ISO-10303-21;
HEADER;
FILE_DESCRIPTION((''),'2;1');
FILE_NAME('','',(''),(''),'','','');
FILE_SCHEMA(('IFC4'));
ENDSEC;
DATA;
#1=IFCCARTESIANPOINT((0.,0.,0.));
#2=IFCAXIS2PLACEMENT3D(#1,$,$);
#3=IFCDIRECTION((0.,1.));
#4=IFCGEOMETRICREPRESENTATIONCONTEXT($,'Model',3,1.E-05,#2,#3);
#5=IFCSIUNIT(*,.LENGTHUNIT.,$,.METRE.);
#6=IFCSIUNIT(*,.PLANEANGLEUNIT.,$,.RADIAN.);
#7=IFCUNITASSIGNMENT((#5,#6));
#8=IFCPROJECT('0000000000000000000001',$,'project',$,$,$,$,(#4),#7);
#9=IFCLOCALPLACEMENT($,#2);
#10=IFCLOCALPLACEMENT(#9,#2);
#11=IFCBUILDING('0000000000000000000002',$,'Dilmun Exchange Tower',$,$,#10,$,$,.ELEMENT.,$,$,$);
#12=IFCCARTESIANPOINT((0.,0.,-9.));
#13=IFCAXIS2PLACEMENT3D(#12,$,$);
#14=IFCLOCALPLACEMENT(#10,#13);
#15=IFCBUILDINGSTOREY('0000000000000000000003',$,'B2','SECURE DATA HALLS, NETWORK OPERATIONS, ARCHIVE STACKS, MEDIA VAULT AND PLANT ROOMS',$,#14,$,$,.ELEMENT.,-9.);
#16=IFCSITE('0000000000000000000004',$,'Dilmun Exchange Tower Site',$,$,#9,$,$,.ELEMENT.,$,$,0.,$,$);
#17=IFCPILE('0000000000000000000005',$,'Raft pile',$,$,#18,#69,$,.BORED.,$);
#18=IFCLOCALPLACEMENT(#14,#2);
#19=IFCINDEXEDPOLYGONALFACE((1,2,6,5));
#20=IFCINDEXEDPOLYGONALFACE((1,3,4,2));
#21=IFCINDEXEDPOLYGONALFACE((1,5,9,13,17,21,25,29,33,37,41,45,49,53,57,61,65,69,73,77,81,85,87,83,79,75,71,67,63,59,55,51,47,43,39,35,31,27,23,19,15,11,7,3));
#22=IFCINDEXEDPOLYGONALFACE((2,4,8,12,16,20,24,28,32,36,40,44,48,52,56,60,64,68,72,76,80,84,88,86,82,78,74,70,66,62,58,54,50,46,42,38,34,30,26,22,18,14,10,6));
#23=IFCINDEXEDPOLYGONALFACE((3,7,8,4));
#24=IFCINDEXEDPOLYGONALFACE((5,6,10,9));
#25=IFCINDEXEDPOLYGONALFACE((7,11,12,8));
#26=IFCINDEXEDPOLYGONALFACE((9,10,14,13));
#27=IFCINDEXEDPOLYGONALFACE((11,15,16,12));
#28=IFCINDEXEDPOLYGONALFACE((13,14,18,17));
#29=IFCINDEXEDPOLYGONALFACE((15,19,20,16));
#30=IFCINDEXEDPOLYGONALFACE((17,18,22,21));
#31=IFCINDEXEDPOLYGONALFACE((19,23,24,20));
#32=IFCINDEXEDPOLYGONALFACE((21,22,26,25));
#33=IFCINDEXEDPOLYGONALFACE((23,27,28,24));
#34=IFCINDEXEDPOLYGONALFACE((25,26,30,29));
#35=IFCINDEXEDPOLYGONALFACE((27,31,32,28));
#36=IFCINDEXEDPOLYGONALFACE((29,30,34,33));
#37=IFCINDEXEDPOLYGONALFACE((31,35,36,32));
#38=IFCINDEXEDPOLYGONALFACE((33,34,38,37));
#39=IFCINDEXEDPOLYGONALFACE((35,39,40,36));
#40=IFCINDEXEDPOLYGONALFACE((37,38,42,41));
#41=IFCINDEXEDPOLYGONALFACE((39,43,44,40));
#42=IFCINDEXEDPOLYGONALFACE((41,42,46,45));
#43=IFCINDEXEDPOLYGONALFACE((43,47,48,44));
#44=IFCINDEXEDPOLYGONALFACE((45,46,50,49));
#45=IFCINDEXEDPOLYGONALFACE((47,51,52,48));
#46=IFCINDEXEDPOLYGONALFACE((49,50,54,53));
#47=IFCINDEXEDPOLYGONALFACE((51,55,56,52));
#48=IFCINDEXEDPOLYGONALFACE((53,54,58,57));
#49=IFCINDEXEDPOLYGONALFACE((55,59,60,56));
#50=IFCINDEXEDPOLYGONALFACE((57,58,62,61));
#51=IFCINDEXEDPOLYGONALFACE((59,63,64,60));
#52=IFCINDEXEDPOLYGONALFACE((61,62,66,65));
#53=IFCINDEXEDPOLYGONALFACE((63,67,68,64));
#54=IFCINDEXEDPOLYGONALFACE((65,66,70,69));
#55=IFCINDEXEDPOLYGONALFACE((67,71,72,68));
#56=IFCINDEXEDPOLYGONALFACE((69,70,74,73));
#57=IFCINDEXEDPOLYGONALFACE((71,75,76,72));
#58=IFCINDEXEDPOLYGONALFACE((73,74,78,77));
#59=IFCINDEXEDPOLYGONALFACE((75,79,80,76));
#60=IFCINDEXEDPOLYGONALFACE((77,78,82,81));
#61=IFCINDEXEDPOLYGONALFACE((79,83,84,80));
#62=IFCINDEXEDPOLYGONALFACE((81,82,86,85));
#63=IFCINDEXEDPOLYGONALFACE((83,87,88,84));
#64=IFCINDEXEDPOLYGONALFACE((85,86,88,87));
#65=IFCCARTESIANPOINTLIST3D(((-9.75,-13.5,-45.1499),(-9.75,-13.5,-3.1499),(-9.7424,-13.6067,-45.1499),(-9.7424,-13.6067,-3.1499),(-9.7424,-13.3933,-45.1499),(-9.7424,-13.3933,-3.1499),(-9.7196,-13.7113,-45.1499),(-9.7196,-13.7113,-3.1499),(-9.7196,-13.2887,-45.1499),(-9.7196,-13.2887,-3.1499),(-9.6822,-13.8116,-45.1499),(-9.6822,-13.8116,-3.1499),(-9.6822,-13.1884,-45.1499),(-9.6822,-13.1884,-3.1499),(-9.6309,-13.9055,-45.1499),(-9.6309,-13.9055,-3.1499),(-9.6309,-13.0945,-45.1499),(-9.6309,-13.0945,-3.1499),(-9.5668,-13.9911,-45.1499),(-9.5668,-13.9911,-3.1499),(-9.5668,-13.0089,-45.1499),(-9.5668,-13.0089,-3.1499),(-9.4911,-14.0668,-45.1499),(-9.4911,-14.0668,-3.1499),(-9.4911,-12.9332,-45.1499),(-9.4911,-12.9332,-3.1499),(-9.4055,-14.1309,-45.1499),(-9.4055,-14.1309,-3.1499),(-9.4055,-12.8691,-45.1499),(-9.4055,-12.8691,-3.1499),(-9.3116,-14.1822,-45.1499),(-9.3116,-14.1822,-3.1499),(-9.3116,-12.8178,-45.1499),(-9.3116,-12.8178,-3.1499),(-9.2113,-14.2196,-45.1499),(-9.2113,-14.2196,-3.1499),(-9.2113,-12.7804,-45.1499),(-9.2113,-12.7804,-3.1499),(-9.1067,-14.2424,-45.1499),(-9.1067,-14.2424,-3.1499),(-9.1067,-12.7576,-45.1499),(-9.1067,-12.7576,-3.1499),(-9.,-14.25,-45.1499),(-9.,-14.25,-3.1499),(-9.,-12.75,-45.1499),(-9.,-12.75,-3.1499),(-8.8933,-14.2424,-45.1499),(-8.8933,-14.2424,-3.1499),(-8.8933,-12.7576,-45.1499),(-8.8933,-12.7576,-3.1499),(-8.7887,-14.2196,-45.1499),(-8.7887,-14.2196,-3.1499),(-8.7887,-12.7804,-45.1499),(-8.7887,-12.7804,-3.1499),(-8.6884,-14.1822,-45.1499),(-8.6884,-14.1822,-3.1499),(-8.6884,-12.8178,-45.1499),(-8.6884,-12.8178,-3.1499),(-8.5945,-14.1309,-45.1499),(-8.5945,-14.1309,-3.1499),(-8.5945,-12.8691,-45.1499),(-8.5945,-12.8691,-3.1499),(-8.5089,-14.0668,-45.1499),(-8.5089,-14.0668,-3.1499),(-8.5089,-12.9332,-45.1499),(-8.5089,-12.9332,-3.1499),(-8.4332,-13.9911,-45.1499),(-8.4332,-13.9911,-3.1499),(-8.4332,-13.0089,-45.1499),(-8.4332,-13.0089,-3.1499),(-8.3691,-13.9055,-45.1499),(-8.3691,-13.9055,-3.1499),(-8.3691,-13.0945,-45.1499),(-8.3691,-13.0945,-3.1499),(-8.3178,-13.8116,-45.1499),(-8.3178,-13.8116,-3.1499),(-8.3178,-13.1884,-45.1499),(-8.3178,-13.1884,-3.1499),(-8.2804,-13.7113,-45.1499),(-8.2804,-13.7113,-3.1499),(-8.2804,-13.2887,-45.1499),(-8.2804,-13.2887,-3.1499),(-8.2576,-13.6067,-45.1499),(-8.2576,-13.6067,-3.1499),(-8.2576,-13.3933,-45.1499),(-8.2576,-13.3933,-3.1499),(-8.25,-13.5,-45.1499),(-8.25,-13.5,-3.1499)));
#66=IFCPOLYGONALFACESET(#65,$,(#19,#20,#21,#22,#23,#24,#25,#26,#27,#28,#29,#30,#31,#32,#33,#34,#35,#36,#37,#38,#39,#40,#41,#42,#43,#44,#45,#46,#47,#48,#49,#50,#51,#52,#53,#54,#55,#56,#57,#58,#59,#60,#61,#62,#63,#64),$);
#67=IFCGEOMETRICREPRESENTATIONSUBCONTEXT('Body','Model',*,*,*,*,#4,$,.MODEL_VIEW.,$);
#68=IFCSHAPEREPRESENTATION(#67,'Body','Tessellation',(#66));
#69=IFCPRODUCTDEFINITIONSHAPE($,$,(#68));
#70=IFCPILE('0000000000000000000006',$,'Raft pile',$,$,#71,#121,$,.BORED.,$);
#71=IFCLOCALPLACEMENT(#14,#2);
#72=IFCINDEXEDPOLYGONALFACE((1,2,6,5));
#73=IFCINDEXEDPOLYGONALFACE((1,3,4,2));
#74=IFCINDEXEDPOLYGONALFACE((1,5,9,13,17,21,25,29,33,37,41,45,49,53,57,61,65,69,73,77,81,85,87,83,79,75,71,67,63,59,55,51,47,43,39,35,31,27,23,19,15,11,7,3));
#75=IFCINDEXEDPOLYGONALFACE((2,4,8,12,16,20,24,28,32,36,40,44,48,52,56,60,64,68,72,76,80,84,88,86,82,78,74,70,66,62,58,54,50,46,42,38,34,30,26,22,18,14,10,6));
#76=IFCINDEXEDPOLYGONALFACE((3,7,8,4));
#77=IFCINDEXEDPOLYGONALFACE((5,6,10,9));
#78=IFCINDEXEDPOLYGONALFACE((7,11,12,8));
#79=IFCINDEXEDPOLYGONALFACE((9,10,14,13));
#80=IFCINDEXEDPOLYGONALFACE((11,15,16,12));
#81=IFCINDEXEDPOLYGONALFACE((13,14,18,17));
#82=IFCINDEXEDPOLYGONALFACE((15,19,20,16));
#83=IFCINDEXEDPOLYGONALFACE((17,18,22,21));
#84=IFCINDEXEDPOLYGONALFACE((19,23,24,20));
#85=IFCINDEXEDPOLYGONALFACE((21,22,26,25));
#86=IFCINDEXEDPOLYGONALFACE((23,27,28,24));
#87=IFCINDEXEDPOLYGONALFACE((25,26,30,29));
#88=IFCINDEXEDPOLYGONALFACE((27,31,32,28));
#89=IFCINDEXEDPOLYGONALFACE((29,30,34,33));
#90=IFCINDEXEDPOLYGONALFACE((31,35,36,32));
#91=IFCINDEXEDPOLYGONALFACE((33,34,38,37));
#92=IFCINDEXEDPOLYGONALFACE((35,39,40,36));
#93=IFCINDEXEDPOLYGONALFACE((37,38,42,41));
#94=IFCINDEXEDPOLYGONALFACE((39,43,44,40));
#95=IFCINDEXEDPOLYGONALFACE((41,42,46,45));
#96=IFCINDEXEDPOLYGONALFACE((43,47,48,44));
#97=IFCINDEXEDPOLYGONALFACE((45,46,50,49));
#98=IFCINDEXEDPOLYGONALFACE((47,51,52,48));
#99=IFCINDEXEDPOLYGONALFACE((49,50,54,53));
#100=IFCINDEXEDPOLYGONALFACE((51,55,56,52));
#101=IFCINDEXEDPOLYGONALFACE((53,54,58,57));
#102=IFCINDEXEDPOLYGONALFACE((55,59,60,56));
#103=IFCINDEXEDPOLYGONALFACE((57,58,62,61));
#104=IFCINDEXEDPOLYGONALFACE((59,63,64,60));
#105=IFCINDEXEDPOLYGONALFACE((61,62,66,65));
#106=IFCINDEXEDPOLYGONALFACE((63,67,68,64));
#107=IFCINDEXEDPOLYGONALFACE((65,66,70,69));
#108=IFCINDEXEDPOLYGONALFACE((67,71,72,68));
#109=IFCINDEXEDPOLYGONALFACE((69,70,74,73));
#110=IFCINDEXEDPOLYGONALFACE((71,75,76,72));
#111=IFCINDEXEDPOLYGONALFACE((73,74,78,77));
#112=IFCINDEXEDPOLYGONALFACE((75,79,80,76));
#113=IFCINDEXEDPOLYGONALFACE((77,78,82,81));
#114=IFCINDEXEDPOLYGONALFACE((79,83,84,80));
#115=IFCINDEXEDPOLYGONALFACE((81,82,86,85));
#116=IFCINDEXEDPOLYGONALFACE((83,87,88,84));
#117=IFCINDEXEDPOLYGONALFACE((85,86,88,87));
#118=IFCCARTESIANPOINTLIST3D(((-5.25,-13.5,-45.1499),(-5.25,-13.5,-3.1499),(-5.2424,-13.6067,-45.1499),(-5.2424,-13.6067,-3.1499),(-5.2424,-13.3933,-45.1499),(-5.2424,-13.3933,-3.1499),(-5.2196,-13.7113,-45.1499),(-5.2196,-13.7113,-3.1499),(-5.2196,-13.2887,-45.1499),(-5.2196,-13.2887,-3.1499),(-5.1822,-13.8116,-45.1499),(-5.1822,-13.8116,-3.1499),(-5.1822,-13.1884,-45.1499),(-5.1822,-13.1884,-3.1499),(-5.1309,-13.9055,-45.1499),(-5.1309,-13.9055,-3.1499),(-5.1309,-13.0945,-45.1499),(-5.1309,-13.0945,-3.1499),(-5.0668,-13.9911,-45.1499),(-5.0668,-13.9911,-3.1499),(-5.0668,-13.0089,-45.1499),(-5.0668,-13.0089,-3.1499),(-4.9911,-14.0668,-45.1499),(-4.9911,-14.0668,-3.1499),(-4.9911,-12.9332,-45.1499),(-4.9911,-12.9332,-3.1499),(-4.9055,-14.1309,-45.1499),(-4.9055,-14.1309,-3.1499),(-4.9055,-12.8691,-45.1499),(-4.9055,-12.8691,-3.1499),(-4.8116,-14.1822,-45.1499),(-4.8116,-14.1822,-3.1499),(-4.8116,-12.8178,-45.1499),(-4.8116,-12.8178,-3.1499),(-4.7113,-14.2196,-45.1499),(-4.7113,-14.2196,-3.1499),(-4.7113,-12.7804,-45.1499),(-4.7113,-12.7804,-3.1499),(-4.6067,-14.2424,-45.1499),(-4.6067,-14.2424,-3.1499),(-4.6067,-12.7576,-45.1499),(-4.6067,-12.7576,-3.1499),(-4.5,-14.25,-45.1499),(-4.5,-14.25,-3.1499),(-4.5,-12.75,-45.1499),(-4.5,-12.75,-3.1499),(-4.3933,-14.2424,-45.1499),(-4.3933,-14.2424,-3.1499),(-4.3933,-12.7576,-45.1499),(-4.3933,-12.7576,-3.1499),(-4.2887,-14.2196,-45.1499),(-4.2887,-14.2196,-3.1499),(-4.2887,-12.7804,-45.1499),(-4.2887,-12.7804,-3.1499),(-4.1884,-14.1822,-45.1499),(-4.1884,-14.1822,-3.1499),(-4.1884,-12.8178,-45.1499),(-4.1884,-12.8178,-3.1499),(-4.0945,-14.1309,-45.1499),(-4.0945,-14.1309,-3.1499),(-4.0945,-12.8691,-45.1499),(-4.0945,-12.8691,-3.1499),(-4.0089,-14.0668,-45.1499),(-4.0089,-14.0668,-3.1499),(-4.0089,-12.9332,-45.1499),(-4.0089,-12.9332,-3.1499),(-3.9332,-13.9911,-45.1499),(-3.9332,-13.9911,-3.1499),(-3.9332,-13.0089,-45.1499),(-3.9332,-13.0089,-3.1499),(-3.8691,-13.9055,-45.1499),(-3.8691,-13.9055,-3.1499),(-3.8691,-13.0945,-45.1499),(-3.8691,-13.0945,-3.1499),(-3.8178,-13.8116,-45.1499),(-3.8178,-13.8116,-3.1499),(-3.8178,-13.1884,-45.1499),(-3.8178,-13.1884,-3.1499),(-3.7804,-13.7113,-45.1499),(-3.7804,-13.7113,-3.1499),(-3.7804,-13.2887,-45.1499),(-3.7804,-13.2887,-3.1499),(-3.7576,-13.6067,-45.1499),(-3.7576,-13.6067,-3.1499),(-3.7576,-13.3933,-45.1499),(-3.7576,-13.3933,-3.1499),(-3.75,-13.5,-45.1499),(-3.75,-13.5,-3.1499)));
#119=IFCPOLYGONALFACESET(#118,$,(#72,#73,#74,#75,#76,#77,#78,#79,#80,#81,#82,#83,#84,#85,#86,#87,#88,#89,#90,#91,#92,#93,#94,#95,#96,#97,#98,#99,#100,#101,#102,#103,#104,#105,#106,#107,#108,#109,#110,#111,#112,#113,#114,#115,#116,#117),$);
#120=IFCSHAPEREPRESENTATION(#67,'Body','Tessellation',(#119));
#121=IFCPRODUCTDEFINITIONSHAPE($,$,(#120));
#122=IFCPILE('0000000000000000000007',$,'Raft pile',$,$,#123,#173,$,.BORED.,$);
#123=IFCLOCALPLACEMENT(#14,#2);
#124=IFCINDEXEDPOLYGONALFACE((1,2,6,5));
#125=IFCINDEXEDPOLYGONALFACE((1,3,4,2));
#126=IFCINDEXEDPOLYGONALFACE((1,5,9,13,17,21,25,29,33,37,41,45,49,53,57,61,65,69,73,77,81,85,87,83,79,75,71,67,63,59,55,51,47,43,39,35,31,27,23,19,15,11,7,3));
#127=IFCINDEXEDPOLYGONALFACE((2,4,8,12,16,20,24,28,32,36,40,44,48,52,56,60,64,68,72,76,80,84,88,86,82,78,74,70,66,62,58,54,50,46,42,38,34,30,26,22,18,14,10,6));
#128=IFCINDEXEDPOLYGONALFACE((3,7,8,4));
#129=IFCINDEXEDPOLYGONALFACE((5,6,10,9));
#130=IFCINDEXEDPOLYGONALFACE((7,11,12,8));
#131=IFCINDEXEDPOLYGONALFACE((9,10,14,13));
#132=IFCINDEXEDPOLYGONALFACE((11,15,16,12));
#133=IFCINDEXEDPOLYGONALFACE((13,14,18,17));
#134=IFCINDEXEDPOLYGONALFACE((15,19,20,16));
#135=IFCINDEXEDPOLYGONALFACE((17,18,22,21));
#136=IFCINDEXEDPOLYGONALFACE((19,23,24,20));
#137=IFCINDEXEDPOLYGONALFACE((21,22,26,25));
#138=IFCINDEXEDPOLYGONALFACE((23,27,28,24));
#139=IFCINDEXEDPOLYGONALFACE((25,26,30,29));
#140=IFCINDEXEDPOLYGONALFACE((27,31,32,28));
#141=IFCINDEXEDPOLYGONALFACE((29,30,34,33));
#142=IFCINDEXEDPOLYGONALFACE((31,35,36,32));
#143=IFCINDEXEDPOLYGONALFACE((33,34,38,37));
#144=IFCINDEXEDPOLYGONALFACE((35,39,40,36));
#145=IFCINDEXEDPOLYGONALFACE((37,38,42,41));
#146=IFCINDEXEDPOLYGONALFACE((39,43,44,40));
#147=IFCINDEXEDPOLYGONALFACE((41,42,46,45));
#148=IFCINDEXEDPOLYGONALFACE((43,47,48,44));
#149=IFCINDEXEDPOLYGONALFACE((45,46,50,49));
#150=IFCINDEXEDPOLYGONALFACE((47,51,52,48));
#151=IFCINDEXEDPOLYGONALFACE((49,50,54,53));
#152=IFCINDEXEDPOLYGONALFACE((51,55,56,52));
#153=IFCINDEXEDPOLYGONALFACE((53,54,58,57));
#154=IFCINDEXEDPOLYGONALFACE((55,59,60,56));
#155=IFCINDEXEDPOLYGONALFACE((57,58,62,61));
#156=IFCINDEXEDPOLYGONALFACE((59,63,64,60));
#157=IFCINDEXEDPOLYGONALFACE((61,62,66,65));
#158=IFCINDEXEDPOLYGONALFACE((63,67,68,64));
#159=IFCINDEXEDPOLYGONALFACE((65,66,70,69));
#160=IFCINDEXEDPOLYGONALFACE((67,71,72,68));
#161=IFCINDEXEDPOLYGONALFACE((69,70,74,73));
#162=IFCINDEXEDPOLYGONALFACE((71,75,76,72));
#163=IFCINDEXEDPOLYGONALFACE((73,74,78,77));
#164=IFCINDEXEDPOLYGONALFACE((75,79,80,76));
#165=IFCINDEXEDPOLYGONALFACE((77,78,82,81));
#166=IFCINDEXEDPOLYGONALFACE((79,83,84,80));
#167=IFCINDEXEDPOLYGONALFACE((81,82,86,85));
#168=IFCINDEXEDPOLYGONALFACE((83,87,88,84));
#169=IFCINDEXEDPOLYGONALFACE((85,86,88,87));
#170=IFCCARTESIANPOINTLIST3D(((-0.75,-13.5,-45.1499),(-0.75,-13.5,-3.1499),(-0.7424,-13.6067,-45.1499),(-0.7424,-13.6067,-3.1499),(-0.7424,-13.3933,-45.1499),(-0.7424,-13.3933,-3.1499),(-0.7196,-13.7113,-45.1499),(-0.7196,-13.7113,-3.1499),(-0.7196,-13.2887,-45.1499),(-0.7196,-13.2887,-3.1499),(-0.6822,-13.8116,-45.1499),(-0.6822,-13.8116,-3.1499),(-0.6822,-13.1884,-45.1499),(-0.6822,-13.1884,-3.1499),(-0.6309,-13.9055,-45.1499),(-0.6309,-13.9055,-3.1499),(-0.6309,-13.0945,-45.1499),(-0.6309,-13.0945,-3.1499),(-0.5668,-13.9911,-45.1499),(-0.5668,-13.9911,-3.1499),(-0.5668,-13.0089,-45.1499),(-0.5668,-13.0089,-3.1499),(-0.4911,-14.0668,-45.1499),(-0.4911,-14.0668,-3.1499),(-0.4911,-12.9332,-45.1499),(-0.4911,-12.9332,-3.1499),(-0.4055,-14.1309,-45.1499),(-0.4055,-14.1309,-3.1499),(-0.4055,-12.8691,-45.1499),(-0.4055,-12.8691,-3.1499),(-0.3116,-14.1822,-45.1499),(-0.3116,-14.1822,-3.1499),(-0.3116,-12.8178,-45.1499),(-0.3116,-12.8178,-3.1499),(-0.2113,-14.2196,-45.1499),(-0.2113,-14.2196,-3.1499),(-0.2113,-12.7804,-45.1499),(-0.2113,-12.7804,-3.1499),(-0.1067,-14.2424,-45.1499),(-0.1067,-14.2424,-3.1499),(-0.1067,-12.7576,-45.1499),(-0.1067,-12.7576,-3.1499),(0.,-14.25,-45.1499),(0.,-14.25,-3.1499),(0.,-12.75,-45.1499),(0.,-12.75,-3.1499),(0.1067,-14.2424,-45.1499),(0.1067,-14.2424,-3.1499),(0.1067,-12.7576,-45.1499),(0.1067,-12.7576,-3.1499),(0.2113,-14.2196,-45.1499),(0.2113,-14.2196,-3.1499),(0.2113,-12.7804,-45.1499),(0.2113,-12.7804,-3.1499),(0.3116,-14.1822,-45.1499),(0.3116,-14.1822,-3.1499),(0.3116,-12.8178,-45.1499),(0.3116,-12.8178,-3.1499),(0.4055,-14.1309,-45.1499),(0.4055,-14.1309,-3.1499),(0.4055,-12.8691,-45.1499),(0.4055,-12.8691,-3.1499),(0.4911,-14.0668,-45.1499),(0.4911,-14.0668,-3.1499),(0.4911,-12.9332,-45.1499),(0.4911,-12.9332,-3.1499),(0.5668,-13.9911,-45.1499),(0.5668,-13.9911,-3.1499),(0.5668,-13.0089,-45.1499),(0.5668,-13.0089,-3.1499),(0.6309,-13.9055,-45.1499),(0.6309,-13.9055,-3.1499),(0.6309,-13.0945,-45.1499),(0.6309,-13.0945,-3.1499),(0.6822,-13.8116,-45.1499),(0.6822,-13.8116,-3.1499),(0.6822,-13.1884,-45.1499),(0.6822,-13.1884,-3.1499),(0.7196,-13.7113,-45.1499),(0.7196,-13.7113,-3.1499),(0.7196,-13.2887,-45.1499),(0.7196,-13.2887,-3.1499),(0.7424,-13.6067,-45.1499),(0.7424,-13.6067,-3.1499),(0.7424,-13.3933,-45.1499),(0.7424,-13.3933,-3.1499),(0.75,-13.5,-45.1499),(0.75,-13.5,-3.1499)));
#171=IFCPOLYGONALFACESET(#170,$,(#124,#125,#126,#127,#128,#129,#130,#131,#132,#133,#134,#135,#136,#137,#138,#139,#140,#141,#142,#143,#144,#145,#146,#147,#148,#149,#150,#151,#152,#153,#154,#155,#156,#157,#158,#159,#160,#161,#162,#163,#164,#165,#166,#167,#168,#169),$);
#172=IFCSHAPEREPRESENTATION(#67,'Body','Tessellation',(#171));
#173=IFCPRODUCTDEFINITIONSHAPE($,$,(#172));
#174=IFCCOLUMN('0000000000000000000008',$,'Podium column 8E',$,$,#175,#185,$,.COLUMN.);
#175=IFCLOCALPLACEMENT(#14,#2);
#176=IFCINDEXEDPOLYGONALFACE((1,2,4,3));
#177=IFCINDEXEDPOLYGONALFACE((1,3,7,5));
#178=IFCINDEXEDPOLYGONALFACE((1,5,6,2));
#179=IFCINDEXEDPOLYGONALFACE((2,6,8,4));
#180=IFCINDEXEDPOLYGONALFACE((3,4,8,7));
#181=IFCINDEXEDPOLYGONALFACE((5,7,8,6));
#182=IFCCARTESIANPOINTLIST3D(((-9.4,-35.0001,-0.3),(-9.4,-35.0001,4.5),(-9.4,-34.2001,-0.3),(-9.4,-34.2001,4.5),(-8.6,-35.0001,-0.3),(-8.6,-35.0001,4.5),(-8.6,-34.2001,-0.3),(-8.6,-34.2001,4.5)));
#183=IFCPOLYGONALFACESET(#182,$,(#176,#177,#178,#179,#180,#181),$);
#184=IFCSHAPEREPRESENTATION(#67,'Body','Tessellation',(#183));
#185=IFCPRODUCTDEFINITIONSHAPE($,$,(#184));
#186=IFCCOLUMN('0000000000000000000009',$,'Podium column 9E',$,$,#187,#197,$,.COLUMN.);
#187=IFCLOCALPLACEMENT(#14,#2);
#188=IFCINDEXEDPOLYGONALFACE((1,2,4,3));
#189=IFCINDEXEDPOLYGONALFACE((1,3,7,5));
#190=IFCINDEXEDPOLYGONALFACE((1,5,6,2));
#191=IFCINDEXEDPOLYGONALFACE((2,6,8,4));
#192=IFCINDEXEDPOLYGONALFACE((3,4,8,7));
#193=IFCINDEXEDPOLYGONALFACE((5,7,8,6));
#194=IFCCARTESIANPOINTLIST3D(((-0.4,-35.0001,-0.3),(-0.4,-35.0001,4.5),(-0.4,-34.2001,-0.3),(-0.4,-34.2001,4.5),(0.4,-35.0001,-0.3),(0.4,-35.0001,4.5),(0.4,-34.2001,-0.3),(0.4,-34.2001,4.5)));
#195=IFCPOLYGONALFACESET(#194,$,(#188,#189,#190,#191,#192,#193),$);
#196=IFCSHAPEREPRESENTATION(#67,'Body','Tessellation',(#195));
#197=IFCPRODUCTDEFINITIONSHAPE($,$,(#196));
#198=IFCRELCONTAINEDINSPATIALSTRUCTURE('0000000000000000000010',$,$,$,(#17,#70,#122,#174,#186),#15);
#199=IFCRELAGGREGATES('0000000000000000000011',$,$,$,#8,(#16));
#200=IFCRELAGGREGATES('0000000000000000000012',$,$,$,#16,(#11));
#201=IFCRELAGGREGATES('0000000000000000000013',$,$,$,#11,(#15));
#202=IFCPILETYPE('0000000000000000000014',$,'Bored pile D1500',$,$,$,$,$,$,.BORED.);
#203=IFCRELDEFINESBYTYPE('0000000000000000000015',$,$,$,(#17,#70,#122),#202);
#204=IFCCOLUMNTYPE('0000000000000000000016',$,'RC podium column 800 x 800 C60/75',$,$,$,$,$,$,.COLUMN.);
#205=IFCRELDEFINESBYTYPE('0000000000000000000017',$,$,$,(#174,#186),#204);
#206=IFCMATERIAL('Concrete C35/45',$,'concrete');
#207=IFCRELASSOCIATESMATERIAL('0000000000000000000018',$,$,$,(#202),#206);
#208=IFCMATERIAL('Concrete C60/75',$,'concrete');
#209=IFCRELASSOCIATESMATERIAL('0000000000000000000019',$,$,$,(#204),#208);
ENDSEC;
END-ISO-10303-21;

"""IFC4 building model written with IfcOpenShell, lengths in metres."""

from ifc_helpers import new_model, si_unit, direction, frame, origin, origin_2d, place, context, subcontext, project, spatial, rectangle, circle, extrude, material, material_profile, profile_set, type_object, element, save


model = new_model("IFC4")

# Units and contexts
model_context = context("Model", 3, precision=1e-05, world=origin(), true_north=direction((0.0, 1.0)))
body_context = subcontext(model_context, "Body", "Model", "MODEL_VIEW")
ifc_project = project(units=[si_unit("LENGTHUNIT", "METRE"), si_unit("PLANEANGLEUNIT", "RADIAN")], contexts=[model_context])

# Site, building, storey
site_placement = place(None, origin())
site = spatial("IfcSite", under=ifc_project, at=site_placement, Name="Dilmun Exchange Tower Site", CompositionType="ELEMENT", RefElevation=0.0)
building_placement = place(site_placement, origin())
building = spatial("IfcBuilding", under=site, at=building_placement, Name="Dilmun Exchange Tower", CompositionType="ELEMENT")
storey_placement = place(building_placement, frame((0.0, 0.0, -9.0)))
storey = spatial("IfcBuildingStorey", under=building, at=storey_placement, Name="B2", Description="SECURE DATA HALLS, NETWORK OPERATIONS, ARCHIVE STACKS, MEDIA VAULT AND PLANT ROOMS", CompositionType="ELEMENT", Elevation=-9.0)

# Piles
ifc_material_1 = material(Name="Concrete C35/45", Category="concrete")
ifc_material_profile_1 = material_profile(ifc_material_1, circle(Radius=0.75, at=origin_2d()), Name="D1500")
ifc_profile_set_1 = profile_set([ifc_material_profile_1], Name="Concrete C35/45")
pile_type = type_object("IfcPileType", Name="Bored pile D1500", PredefinedType="BORED", material=ifc_profile_set_1)
for number, where, z_axis, x_axis, name in (
    (1, (-9.0, -13.5, -3.1499), (0.0, 0.0, -1.0), (1.0, 0.0, 0.0), "Raft pile"),
    (2, (-4.5, -13.5, -3.1499), (0.0, 0.0, -1.0), (1.0, 0.0, 0.0), "Raft pile"),
    (3, (0.0, -13.5, -3.1499), (0.0, 0.0, -1.0), (1.0, 0.0, 0.0), "Raft pile"),
):
    element("IfcPile", number, at=place(storey_placement, frame(where, z_axis=z_axis, x_axis=x_axis)), inside=storey, type_object=pile_type, Name=name, PredefinedType="BORED", context=body_context, shape_type="SweptSolid", body=[
        extrude(circle(Radius=0.75, at=origin_2d()), origin(), (0.0, 0.0, 1.0), 42.0),
    ])

# Columns
ifc_material_2 = material(Name="Concrete C60/75", Category="concrete")
ifc_material_profile_2 = material_profile(ifc_material_2, rectangle(XDim=0.8, YDim=0.8, at=origin_2d()), Name="800 x 800")
ifc_profile_set_2 = profile_set([ifc_material_profile_2], Name="Concrete C60/75")
column_type_1 = type_object("IfcColumnType", Name="RC podium column 800 x 800 C60/75", PredefinedType="COLUMN", material=ifc_profile_set_2)
for number, where, z_axis, x_axis, name in (
    (4, (-9.0, -34.6001, -0.3), (0.0, 0.0, 1.0), (1.0, 0.0, 0.0), "Podium column 8E"),
    (5, (0.0, -34.6001, -0.3), (0.0, 0.0, 1.0), (1.0, 0.0, 0.0), "Podium column 9E"),
):
    element("IfcColumn", number, at=place(storey_placement, frame(where, z_axis=z_axis, x_axis=x_axis)), inside=storey, type_object=column_type_1, Name=name, PredefinedType="COLUMN", context=body_context, shape_type="SweptSolid", body=[
        extrude(rectangle(XDim=0.8, YDim=0.8, at=origin_2d()), origin(), (0.0, 0.0, 1.0), 4.8),
    ])

save(model, "model.ifc")
